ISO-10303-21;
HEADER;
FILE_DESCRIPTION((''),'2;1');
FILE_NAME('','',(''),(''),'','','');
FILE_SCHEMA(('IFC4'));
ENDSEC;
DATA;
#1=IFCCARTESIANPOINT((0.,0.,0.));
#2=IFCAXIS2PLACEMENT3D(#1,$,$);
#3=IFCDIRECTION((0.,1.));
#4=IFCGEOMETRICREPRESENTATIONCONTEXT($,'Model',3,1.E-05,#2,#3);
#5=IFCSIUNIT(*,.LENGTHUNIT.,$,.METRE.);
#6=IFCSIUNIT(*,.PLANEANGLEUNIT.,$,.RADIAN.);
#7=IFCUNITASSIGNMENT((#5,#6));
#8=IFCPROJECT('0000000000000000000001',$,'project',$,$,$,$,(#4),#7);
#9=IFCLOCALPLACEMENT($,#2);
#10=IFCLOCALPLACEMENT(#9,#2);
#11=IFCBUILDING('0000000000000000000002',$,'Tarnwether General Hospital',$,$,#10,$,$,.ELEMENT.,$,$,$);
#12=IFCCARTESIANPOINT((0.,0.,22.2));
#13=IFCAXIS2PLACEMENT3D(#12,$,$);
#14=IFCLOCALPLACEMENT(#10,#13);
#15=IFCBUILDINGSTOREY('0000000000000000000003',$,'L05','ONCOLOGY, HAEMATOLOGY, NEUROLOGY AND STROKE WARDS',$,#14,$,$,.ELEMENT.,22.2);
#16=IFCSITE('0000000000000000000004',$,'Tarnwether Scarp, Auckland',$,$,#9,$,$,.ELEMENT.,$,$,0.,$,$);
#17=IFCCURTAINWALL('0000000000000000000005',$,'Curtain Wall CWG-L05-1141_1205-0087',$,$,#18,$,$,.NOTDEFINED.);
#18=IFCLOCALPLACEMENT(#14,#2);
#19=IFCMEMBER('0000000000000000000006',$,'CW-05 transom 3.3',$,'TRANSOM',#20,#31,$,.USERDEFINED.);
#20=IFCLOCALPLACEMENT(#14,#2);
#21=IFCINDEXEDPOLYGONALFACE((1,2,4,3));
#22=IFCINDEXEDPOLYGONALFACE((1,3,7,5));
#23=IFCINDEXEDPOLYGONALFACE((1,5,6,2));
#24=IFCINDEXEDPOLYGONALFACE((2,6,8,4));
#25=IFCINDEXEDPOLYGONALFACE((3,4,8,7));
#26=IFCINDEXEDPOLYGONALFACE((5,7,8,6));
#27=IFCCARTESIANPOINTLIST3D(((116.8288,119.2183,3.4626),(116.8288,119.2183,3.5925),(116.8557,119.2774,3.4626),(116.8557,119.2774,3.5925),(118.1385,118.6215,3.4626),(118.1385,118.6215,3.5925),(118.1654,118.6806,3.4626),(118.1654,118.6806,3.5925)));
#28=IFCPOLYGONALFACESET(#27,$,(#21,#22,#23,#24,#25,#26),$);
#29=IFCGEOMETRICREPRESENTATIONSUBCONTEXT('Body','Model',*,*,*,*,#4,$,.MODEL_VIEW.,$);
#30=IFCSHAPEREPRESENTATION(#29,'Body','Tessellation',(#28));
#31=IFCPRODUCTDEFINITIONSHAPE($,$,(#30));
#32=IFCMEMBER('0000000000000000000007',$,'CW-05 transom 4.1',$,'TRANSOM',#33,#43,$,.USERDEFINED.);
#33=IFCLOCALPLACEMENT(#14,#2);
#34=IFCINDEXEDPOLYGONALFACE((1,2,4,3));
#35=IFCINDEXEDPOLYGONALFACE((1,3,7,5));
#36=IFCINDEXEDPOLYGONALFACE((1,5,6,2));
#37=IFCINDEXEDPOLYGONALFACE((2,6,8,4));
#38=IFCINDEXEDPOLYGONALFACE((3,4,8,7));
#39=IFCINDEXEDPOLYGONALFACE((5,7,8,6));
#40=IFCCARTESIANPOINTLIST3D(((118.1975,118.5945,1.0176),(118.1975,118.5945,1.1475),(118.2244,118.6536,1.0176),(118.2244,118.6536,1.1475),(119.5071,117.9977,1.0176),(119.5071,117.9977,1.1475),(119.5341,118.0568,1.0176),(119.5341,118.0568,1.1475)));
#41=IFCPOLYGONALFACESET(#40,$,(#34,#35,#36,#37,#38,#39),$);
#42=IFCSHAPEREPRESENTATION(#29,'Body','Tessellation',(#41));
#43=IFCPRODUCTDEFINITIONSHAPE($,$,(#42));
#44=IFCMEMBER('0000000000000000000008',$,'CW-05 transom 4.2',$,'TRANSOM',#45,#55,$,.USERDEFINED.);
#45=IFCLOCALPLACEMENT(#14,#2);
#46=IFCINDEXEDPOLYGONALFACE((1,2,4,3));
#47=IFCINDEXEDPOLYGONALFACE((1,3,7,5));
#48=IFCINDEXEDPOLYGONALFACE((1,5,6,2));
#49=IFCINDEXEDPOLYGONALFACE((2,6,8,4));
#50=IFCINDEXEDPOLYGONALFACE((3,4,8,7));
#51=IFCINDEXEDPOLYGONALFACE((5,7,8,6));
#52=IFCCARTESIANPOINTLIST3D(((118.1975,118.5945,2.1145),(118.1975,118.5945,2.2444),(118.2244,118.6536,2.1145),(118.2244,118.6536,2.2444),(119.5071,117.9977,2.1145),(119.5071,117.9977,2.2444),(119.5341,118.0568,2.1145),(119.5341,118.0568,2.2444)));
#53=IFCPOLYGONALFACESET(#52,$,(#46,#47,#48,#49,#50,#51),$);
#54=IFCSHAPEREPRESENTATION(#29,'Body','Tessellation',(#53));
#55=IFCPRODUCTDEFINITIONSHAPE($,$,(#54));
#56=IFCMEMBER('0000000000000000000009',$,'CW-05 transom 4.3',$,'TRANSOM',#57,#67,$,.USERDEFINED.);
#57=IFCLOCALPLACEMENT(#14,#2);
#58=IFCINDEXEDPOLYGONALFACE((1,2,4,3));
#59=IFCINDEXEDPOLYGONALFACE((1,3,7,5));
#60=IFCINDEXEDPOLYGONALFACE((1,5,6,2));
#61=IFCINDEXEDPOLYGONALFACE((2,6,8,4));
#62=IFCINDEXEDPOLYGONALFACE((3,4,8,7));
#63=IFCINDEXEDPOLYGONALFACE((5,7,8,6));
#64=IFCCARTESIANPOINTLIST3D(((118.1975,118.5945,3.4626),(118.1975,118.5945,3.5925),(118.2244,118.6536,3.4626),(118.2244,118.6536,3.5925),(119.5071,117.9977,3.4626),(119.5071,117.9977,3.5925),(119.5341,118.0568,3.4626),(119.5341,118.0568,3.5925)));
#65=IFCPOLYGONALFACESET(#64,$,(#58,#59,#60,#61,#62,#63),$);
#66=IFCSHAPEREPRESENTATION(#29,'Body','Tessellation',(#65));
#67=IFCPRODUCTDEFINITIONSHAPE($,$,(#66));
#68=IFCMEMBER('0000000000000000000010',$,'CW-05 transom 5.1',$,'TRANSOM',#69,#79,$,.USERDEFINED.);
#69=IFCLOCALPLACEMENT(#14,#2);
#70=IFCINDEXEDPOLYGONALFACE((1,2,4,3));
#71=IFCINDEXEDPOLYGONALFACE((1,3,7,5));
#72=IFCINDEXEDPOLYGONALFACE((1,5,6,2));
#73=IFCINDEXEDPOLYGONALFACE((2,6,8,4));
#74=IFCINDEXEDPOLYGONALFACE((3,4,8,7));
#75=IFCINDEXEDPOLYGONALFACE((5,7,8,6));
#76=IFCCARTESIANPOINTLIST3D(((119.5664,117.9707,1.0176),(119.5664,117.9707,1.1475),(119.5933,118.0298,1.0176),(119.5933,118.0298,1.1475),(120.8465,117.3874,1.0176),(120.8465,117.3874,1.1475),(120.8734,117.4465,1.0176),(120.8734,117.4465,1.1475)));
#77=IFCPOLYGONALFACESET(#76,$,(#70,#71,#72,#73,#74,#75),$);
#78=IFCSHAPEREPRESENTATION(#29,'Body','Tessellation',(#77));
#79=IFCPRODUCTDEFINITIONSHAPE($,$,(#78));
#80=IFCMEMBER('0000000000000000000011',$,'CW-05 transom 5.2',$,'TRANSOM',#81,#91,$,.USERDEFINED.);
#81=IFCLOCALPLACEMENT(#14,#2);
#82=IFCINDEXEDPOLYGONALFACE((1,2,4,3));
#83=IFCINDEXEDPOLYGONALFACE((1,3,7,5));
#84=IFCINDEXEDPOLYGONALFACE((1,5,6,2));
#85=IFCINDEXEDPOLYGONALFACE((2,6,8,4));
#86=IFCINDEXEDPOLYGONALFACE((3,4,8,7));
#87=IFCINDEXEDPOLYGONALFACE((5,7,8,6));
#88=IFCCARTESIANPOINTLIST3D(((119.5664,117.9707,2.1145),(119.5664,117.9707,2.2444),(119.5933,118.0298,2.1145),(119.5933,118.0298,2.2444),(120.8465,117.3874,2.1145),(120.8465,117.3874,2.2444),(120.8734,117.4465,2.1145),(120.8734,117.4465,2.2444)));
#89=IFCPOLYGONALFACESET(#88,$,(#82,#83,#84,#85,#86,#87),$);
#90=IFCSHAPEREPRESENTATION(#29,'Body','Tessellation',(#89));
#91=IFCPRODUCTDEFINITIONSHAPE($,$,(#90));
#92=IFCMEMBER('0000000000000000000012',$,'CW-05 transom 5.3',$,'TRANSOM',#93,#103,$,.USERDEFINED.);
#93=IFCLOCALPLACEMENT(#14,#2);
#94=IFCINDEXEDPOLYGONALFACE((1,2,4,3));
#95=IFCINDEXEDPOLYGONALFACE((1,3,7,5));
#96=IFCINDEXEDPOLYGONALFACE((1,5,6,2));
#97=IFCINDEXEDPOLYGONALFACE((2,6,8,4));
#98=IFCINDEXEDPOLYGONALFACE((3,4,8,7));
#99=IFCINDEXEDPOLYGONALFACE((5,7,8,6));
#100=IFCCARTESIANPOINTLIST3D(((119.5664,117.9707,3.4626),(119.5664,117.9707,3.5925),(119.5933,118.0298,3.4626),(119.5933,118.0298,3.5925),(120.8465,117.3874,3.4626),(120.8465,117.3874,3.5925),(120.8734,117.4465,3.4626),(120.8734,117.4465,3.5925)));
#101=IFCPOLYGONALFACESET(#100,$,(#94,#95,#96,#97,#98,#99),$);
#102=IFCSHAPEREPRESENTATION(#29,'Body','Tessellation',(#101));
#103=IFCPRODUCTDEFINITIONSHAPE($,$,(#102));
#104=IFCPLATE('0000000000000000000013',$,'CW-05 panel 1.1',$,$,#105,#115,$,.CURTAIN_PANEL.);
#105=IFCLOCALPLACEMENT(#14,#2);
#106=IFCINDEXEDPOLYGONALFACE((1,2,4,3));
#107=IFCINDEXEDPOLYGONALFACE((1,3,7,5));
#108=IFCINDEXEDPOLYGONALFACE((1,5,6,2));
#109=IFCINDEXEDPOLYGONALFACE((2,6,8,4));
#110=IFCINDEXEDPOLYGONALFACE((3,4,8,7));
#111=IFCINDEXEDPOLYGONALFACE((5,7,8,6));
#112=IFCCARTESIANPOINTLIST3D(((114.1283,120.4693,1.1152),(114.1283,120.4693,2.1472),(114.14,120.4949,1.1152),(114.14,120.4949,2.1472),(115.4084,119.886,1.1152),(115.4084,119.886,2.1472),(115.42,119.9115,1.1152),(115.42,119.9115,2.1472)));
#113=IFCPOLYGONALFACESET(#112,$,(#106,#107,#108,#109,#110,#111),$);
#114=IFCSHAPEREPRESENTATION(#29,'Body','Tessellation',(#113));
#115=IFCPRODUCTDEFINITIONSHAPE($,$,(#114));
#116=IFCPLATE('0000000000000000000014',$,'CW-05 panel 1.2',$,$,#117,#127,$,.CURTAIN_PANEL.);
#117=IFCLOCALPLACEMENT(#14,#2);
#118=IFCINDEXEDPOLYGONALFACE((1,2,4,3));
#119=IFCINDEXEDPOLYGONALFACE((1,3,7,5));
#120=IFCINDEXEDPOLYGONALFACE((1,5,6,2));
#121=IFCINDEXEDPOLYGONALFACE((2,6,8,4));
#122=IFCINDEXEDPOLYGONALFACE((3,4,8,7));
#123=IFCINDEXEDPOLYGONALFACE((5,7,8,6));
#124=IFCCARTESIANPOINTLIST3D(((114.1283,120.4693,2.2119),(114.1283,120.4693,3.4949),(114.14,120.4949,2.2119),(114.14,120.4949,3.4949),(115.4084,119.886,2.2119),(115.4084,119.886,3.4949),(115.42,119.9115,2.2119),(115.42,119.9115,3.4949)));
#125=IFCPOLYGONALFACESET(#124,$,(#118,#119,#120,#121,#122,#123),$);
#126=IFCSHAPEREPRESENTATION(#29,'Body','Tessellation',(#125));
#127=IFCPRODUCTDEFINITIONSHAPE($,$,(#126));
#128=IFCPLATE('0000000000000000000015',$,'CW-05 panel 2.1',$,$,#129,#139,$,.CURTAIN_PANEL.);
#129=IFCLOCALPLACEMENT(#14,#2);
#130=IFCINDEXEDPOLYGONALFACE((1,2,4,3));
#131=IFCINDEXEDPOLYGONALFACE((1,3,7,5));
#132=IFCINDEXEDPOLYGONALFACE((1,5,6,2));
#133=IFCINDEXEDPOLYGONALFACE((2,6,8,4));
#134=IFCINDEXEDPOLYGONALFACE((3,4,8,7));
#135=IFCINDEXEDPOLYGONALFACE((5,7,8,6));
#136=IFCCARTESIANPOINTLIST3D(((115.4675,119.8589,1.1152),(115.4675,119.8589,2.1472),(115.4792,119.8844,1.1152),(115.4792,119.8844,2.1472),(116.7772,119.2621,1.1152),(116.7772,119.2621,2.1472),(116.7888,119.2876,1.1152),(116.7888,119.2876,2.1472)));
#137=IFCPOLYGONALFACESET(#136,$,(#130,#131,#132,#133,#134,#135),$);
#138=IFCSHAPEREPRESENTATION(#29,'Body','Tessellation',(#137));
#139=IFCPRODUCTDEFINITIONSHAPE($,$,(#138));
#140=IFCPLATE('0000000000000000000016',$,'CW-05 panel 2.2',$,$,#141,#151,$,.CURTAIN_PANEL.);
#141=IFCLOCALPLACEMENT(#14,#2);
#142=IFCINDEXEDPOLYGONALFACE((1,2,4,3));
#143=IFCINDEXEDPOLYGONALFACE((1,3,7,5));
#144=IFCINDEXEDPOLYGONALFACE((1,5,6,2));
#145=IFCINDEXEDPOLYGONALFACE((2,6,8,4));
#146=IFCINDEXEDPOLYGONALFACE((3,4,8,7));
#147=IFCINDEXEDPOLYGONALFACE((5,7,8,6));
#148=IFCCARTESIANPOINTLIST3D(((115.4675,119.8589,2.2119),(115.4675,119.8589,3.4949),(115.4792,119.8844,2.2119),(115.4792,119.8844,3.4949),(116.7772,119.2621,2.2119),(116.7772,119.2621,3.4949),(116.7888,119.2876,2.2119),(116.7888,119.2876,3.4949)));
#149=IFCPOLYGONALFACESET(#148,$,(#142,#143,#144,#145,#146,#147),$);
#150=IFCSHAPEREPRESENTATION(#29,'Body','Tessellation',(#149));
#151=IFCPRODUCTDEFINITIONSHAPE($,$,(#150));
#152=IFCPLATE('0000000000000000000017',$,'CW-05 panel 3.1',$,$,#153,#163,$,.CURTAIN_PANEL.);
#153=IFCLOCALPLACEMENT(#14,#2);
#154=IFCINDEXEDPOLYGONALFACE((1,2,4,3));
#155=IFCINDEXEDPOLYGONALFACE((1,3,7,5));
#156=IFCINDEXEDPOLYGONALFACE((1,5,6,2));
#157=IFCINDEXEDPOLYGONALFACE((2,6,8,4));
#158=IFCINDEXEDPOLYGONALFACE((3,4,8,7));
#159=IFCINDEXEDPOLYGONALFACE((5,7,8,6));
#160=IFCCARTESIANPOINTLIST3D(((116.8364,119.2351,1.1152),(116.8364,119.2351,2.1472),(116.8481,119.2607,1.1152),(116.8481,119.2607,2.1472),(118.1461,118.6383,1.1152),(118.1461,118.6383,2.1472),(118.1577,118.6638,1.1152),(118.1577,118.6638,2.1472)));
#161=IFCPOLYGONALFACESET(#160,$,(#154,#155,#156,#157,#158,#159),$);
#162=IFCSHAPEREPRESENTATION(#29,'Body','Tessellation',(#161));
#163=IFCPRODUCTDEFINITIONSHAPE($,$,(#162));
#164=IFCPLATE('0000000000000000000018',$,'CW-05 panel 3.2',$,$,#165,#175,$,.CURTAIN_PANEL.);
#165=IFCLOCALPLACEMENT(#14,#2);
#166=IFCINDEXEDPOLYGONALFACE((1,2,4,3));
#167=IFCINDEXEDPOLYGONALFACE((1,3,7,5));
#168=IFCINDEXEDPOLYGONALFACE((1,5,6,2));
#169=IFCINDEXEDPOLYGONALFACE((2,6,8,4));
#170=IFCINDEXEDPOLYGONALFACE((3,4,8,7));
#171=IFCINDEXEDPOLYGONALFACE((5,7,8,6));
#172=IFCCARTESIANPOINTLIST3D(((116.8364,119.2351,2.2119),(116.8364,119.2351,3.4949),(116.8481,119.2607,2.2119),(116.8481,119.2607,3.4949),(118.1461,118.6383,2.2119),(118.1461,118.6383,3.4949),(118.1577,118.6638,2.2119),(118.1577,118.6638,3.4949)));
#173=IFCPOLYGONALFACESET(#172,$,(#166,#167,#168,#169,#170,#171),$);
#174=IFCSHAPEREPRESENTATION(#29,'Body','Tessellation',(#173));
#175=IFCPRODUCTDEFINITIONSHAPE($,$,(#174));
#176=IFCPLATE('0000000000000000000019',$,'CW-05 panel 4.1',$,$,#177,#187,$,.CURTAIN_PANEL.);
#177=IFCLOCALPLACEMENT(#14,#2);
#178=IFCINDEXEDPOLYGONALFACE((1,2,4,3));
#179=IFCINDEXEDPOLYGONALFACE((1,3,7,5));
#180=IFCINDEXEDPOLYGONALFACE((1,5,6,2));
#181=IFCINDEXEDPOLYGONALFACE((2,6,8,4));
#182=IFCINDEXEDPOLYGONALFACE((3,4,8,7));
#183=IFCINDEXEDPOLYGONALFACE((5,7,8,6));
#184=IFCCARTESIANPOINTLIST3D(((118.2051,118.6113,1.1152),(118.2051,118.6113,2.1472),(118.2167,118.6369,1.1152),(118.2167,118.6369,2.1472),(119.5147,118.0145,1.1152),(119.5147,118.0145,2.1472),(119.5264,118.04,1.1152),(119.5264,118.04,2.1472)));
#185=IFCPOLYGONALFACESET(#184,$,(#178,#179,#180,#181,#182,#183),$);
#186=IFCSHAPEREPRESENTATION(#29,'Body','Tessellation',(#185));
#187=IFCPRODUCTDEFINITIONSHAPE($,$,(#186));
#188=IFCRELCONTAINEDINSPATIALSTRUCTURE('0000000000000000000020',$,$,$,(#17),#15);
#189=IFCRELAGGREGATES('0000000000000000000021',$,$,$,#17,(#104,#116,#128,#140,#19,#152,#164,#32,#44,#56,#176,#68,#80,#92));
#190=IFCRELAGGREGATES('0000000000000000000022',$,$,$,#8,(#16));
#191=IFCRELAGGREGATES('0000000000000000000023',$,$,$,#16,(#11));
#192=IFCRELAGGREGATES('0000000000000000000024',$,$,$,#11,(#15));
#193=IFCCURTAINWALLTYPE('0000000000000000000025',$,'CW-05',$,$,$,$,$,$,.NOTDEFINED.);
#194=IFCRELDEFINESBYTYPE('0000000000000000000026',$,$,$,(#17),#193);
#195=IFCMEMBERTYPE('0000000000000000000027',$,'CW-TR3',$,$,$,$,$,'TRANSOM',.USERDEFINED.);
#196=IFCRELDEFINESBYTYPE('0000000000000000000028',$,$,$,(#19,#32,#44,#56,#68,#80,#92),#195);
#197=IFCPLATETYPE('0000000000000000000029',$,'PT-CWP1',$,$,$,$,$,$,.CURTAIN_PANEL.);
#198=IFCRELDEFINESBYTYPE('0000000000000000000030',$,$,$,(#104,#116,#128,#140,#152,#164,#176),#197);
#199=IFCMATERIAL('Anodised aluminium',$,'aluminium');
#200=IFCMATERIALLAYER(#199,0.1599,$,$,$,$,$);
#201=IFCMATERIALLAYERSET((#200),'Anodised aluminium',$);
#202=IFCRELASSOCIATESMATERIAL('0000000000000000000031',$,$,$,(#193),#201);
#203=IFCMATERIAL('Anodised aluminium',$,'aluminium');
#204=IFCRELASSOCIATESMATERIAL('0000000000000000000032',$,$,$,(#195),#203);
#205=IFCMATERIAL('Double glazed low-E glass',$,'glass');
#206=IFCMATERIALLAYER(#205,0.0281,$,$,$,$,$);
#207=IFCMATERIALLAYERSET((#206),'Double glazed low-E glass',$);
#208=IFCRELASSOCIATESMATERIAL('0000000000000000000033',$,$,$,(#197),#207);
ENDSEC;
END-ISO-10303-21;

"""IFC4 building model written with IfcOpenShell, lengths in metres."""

from ifc_helpers import new_model, si_unit, direction, frame, origin, origin_2d, place, context, subcontext, project, spatial, rectangle, extrude, material, layer, layer_set, material_profile, profile_set, type_object, element, aggregate, save


model = new_model("IFC4")

# Units and contexts
model_context = context("Model", 3, precision=1e-05, world=origin(), true_north=direction((0.0, 1.0)))
body_context = subcontext(model_context, "Body", "Model", "MODEL_VIEW")
ifc_project = project(units=[si_unit("LENGTHUNIT", "METRE"), si_unit("PLANEANGLEUNIT", "RADIAN")], contexts=[model_context])

# Site, building, storey
site_placement = place(None, origin())
site = spatial("IfcSite", under=ifc_project, at=site_placement, Name="Tarnwether Scarp, Auckland", CompositionType="ELEMENT", RefElevation=0.0)
building_placement = place(site_placement, origin())
building = spatial("IfcBuilding", under=site, at=building_placement, Name="Tarnwether General Hospital", CompositionType="ELEMENT")
storey_placement = place(building_placement, frame((0.0, 0.0, 22.2)))
storey = spatial("IfcBuildingStorey", under=building, at=storey_placement, Name="L05", Description="ONCOLOGY, HAEMATOLOGY, NEUROLOGY AND STROKE WARDS", CompositionType="ELEMENT", Elevation=22.2)

# Curtain wall
ifc_material_1 = material(Name="Anodised aluminium", Category="aluminium")
ifc_layer_1 = layer(ifc_material_1, 0.1599)
ifc_layer_set_1 = layer_set([ifc_layer_1], Name="Anodised aluminium")
curtain_wall_type = type_object("IfcCurtainWallType", Name="CW-05", PredefinedType="NOTDEFINED", material=ifc_layer_set_1)
curtain_wall_1_placement = place(storey_placement, origin())
curtain_wall_1 = element("IfcCurtainWall", 1, at=curtain_wall_1_placement, inside=storey, type_object=curtain_wall_type, Name="Curtain Wall CWG-L05-1141_1205-0087", PredefinedType="NOTDEFINED")

# Members
ifc_material_2 = material(Name="Anodised aluminium", Category="aluminium")
ifc_material_profile_1 = material_profile(ifc_material_2, rectangle(XDim=0.0649, YDim=0.1299, at=origin_2d()), Name="ALU-TRN-65x130")
ifc_profile_set_1 = profile_set([ifc_material_profile_1], Name="Anodised aluminium")
member_type_1 = type_object("IfcMemberType", Name="CW-TR3", ElementType="TRANSOM", PredefinedType="USERDEFINED", material=ifc_profile_set_1)
member_1_placement = place(storey_placement, frame((116.8423, 119.2478, 3.5276), z_axis=(0.909994, -0.414621, 0.0), x_axis=(0.414621, 0.909994, 0.0)))
member_1 = element("IfcMember", 2, at=member_1_placement, type_object=member_type_1, Name="CW-05 transom 3.3", ObjectType="TRANSOM", PredefinedType="USERDEFINED", context=body_context, shape_type="SweptSolid", body=[
    extrude(rectangle(XDim=0.0649, YDim=0.1299, at=origin_2d()), origin(), (0.0, 0.0, 1.0), 1.4392),
])
member_2_placement = place(storey_placement, frame((118.2109, 118.624, 1.0825), z_axis=(0.909994, -0.414621, 0.0), x_axis=(0.414621, 0.909994, 0.0)))
member_2 = element("IfcMember", 3, at=member_2_placement, type_object=member_type_1, Name="CW-05 transom 4.1", ObjectType="TRANSOM", PredefinedType="USERDEFINED", context=body_context, shape_type="SweptSolid", body=[
    extrude(rectangle(XDim=0.0649, YDim=0.1299, at=origin_2d()), origin(), (0.0, 0.0, 1.0), 1.4392),
])
member_3_placement = place(storey_placement, frame((118.2109, 118.624, 2.1794), z_axis=(0.909994, -0.414621, 0.0), x_axis=(0.414621, 0.909994, 0.0)))
member_3 = element("IfcMember", 4, at=member_3_placement, type_object=member_type_1, Name="CW-05 transom 4.2", ObjectType="TRANSOM", PredefinedType="USERDEFINED", context=body_context, shape_type="SweptSolid", body=[
    extrude(rectangle(XDim=0.0649, YDim=0.1299, at=origin_2d()), origin(), (0.0, 0.0, 1.0), 1.4392),
])
member_4_placement = place(storey_placement, frame((118.2109, 118.624, 3.5276), z_axis=(0.909994, -0.414621, 0.0), x_axis=(0.414621, 0.909994, 0.0)))
member_4 = element("IfcMember", 5, at=member_4_placement, type_object=member_type_1, Name="CW-05 transom 4.3", ObjectType="TRANSOM", PredefinedType="USERDEFINED", context=body_context, shape_type="SweptSolid", body=[
    extrude(rectangle(XDim=0.0649, YDim=0.1299, at=origin_2d()), origin(), (0.0, 0.0, 1.0), 1.4392),
])
member_5_placement = place(storey_placement, frame((119.5798, 118.0002, 1.0825), z_axis=(0.909986, -0.41464, 0.0), x_axis=(0.41464, 0.909986, 0.0)))
member_5 = element("IfcMember", 6, at=member_5_placement, type_object=member_type_1, Name="CW-05 transom 5.1", ObjectType="TRANSOM", PredefinedType="USERDEFINED", context=body_context, shape_type="SweptSolid", body=[
    extrude(rectangle(XDim=0.0649, YDim=0.1299, at=origin_2d()), origin(), (0.0, 0.0, 1.0), 1.4067),
])
member_6_placement = place(storey_placement, frame((119.5798, 118.0002, 2.1794), z_axis=(0.909986, -0.41464, 0.0), x_axis=(0.41464, 0.909986, 0.0)))
member_6 = element("IfcMember", 7, at=member_6_placement, type_object=member_type_1, Name="CW-05 transom 5.2", ObjectType="TRANSOM", PredefinedType="USERDEFINED", context=body_context, shape_type="SweptSolid", body=[
    extrude(rectangle(XDim=0.0649, YDim=0.1299, at=origin_2d()), origin(), (0.0, 0.0, 1.0), 1.4067),
])
member_7_placement = place(storey_placement, frame((119.5798, 118.0002, 3.5276), z_axis=(0.909986, -0.41464, 0.0), x_axis=(0.41464, 0.909986, 0.0)))
member_7 = element("IfcMember", 8, at=member_7_placement, type_object=member_type_1, Name="CW-05 transom 5.3", ObjectType="TRANSOM", PredefinedType="USERDEFINED", context=body_context, shape_type="SweptSolid", body=[
    extrude(rectangle(XDim=0.0649, YDim=0.1299, at=origin_2d()), origin(), (0.0, 0.0, 1.0), 1.4067),
])

# Plates
ifc_material_3 = material(Name="Double glazed low-E glass", Category="glass")
ifc_layer_2 = layer(ifc_material_3, 0.0281)
ifc_layer_set_2 = layer_set([ifc_layer_2], Name="Double glazed low-E glass")
plate_type = type_object("IfcPlateType", Name="PT-CWP1", PredefinedType="CURTAIN_PANEL", material=ifc_layer_set_2)
plate_1_placement = place(storey_placement, frame((114.7742, 120.1904, 1.1152), z_axis=(0.0, 0.0, 1.0), x_axis=(0.909961, -0.414694, 0.0)))
plate_1 = element("IfcPlate", 9, at=plate_1_placement, type_object=plate_type, Name="CW-05 panel 1.1", PredefinedType="CURTAIN_PANEL", context=body_context, shape_type="SweptSolid", body=[
    extrude(rectangle(XDim=1.4067, YDim=0.0281, at=origin_2d()), origin(), (0.0, 0.0, 1.0), 1.032),
])
plate_2_placement = place(storey_placement, frame((114.7742, 120.1904, 2.2119), z_axis=(0.0, 0.0, 1.0), x_axis=(0.909961, -0.414694, 0.0)))
plate_2 = element("IfcPlate", 10, at=plate_2_placement, type_object=plate_type, Name="CW-05 panel 1.2", PredefinedType="CURTAIN_PANEL", context=body_context, shape_type="SweptSolid", body=[
    extrude(rectangle(XDim=1.4067, YDim=0.0281, at=origin_2d()), origin(), (0.0, 0.0, 1.0), 1.283),
])
plate_3_placement = place(storey_placement, frame((116.1282, 119.5732, 1.1152), z_axis=(0.0, 0.0, 1.0), x_axis=(0.909961, -0.414694, 0.0)))
plate_3 = element("IfcPlate", 11, at=plate_3_placement, type_object=plate_type, Name="CW-05 panel 2.1", PredefinedType="CURTAIN_PANEL", context=body_context, shape_type="SweptSolid", body=[
    extrude(rectangle(XDim=1.4392, YDim=0.0281, at=origin_2d()), origin(), (0.0, 0.0, 1.0), 1.032),
])
plate_4_placement = place(storey_placement, frame((116.1282, 119.5732, 2.2119), z_axis=(0.0, 0.0, 1.0), x_axis=(0.909961, -0.414694, 0.0)))
plate_4 = element("IfcPlate", 12, at=plate_4_placement, type_object=plate_type, Name="CW-05 panel 2.2", PredefinedType="CURTAIN_PANEL", context=body_context, shape_type="SweptSolid", body=[
    extrude(rectangle(XDim=1.4392, YDim=0.0281, at=origin_2d()), origin(), (0.0, 0.0, 1.0), 1.283),
])
plate_5_placement = place(storey_placement, frame((117.4971, 118.9495, 1.1152), z_axis=(0.0, 0.0, 1.0), x_axis=(0.909961, -0.414694, 0.0)))
plate_5 = element("IfcPlate", 13, at=plate_5_placement, type_object=plate_type, Name="CW-05 panel 3.1", PredefinedType="CURTAIN_PANEL", context=body_context, shape_type="SweptSolid", body=[
    extrude(rectangle(XDim=1.4392, YDim=0.0281, at=origin_2d()), origin(), (0.0, 0.0, 1.0), 1.032),
])
plate_6_placement = place(storey_placement, frame((117.4971, 118.9495, 2.2119), z_axis=(0.0, 0.0, 1.0), x_axis=(0.909961, -0.414694, 0.0)))
plate_6 = element("IfcPlate", 14, at=plate_6_placement, type_object=plate_type, Name="CW-05 panel 3.2", PredefinedType="CURTAIN_PANEL", context=body_context, shape_type="SweptSolid", body=[
    extrude(rectangle(XDim=1.4392, YDim=0.0281, at=origin_2d()), origin(), (0.0, 0.0, 1.0), 1.283),
])
plate_7_placement = place(storey_placement, frame((118.8657, 118.3257, 1.1152), z_axis=(0.0, 0.0, 1.0), x_axis=(0.909961, -0.414694, 0.0)))
plate_7 = element("IfcPlate", 15, at=plate_7_placement, type_object=plate_type, Name="CW-05 panel 4.1", PredefinedType="CURTAIN_PANEL", context=body_context, shape_type="SweptSolid", body=[
    extrude(rectangle(XDim=1.4392, YDim=0.0281, at=origin_2d()), origin(), (0.0, 0.0, 1.0), 1.032),
])
aggregate(curtain_wall_1, [plate_1, plate_2, plate_3, plate_4, member_1, plate_5, plate_6, member_2, member_3, member_4, plate_7, member_5, member_6, member_7])

save(model, "model.ifc")
